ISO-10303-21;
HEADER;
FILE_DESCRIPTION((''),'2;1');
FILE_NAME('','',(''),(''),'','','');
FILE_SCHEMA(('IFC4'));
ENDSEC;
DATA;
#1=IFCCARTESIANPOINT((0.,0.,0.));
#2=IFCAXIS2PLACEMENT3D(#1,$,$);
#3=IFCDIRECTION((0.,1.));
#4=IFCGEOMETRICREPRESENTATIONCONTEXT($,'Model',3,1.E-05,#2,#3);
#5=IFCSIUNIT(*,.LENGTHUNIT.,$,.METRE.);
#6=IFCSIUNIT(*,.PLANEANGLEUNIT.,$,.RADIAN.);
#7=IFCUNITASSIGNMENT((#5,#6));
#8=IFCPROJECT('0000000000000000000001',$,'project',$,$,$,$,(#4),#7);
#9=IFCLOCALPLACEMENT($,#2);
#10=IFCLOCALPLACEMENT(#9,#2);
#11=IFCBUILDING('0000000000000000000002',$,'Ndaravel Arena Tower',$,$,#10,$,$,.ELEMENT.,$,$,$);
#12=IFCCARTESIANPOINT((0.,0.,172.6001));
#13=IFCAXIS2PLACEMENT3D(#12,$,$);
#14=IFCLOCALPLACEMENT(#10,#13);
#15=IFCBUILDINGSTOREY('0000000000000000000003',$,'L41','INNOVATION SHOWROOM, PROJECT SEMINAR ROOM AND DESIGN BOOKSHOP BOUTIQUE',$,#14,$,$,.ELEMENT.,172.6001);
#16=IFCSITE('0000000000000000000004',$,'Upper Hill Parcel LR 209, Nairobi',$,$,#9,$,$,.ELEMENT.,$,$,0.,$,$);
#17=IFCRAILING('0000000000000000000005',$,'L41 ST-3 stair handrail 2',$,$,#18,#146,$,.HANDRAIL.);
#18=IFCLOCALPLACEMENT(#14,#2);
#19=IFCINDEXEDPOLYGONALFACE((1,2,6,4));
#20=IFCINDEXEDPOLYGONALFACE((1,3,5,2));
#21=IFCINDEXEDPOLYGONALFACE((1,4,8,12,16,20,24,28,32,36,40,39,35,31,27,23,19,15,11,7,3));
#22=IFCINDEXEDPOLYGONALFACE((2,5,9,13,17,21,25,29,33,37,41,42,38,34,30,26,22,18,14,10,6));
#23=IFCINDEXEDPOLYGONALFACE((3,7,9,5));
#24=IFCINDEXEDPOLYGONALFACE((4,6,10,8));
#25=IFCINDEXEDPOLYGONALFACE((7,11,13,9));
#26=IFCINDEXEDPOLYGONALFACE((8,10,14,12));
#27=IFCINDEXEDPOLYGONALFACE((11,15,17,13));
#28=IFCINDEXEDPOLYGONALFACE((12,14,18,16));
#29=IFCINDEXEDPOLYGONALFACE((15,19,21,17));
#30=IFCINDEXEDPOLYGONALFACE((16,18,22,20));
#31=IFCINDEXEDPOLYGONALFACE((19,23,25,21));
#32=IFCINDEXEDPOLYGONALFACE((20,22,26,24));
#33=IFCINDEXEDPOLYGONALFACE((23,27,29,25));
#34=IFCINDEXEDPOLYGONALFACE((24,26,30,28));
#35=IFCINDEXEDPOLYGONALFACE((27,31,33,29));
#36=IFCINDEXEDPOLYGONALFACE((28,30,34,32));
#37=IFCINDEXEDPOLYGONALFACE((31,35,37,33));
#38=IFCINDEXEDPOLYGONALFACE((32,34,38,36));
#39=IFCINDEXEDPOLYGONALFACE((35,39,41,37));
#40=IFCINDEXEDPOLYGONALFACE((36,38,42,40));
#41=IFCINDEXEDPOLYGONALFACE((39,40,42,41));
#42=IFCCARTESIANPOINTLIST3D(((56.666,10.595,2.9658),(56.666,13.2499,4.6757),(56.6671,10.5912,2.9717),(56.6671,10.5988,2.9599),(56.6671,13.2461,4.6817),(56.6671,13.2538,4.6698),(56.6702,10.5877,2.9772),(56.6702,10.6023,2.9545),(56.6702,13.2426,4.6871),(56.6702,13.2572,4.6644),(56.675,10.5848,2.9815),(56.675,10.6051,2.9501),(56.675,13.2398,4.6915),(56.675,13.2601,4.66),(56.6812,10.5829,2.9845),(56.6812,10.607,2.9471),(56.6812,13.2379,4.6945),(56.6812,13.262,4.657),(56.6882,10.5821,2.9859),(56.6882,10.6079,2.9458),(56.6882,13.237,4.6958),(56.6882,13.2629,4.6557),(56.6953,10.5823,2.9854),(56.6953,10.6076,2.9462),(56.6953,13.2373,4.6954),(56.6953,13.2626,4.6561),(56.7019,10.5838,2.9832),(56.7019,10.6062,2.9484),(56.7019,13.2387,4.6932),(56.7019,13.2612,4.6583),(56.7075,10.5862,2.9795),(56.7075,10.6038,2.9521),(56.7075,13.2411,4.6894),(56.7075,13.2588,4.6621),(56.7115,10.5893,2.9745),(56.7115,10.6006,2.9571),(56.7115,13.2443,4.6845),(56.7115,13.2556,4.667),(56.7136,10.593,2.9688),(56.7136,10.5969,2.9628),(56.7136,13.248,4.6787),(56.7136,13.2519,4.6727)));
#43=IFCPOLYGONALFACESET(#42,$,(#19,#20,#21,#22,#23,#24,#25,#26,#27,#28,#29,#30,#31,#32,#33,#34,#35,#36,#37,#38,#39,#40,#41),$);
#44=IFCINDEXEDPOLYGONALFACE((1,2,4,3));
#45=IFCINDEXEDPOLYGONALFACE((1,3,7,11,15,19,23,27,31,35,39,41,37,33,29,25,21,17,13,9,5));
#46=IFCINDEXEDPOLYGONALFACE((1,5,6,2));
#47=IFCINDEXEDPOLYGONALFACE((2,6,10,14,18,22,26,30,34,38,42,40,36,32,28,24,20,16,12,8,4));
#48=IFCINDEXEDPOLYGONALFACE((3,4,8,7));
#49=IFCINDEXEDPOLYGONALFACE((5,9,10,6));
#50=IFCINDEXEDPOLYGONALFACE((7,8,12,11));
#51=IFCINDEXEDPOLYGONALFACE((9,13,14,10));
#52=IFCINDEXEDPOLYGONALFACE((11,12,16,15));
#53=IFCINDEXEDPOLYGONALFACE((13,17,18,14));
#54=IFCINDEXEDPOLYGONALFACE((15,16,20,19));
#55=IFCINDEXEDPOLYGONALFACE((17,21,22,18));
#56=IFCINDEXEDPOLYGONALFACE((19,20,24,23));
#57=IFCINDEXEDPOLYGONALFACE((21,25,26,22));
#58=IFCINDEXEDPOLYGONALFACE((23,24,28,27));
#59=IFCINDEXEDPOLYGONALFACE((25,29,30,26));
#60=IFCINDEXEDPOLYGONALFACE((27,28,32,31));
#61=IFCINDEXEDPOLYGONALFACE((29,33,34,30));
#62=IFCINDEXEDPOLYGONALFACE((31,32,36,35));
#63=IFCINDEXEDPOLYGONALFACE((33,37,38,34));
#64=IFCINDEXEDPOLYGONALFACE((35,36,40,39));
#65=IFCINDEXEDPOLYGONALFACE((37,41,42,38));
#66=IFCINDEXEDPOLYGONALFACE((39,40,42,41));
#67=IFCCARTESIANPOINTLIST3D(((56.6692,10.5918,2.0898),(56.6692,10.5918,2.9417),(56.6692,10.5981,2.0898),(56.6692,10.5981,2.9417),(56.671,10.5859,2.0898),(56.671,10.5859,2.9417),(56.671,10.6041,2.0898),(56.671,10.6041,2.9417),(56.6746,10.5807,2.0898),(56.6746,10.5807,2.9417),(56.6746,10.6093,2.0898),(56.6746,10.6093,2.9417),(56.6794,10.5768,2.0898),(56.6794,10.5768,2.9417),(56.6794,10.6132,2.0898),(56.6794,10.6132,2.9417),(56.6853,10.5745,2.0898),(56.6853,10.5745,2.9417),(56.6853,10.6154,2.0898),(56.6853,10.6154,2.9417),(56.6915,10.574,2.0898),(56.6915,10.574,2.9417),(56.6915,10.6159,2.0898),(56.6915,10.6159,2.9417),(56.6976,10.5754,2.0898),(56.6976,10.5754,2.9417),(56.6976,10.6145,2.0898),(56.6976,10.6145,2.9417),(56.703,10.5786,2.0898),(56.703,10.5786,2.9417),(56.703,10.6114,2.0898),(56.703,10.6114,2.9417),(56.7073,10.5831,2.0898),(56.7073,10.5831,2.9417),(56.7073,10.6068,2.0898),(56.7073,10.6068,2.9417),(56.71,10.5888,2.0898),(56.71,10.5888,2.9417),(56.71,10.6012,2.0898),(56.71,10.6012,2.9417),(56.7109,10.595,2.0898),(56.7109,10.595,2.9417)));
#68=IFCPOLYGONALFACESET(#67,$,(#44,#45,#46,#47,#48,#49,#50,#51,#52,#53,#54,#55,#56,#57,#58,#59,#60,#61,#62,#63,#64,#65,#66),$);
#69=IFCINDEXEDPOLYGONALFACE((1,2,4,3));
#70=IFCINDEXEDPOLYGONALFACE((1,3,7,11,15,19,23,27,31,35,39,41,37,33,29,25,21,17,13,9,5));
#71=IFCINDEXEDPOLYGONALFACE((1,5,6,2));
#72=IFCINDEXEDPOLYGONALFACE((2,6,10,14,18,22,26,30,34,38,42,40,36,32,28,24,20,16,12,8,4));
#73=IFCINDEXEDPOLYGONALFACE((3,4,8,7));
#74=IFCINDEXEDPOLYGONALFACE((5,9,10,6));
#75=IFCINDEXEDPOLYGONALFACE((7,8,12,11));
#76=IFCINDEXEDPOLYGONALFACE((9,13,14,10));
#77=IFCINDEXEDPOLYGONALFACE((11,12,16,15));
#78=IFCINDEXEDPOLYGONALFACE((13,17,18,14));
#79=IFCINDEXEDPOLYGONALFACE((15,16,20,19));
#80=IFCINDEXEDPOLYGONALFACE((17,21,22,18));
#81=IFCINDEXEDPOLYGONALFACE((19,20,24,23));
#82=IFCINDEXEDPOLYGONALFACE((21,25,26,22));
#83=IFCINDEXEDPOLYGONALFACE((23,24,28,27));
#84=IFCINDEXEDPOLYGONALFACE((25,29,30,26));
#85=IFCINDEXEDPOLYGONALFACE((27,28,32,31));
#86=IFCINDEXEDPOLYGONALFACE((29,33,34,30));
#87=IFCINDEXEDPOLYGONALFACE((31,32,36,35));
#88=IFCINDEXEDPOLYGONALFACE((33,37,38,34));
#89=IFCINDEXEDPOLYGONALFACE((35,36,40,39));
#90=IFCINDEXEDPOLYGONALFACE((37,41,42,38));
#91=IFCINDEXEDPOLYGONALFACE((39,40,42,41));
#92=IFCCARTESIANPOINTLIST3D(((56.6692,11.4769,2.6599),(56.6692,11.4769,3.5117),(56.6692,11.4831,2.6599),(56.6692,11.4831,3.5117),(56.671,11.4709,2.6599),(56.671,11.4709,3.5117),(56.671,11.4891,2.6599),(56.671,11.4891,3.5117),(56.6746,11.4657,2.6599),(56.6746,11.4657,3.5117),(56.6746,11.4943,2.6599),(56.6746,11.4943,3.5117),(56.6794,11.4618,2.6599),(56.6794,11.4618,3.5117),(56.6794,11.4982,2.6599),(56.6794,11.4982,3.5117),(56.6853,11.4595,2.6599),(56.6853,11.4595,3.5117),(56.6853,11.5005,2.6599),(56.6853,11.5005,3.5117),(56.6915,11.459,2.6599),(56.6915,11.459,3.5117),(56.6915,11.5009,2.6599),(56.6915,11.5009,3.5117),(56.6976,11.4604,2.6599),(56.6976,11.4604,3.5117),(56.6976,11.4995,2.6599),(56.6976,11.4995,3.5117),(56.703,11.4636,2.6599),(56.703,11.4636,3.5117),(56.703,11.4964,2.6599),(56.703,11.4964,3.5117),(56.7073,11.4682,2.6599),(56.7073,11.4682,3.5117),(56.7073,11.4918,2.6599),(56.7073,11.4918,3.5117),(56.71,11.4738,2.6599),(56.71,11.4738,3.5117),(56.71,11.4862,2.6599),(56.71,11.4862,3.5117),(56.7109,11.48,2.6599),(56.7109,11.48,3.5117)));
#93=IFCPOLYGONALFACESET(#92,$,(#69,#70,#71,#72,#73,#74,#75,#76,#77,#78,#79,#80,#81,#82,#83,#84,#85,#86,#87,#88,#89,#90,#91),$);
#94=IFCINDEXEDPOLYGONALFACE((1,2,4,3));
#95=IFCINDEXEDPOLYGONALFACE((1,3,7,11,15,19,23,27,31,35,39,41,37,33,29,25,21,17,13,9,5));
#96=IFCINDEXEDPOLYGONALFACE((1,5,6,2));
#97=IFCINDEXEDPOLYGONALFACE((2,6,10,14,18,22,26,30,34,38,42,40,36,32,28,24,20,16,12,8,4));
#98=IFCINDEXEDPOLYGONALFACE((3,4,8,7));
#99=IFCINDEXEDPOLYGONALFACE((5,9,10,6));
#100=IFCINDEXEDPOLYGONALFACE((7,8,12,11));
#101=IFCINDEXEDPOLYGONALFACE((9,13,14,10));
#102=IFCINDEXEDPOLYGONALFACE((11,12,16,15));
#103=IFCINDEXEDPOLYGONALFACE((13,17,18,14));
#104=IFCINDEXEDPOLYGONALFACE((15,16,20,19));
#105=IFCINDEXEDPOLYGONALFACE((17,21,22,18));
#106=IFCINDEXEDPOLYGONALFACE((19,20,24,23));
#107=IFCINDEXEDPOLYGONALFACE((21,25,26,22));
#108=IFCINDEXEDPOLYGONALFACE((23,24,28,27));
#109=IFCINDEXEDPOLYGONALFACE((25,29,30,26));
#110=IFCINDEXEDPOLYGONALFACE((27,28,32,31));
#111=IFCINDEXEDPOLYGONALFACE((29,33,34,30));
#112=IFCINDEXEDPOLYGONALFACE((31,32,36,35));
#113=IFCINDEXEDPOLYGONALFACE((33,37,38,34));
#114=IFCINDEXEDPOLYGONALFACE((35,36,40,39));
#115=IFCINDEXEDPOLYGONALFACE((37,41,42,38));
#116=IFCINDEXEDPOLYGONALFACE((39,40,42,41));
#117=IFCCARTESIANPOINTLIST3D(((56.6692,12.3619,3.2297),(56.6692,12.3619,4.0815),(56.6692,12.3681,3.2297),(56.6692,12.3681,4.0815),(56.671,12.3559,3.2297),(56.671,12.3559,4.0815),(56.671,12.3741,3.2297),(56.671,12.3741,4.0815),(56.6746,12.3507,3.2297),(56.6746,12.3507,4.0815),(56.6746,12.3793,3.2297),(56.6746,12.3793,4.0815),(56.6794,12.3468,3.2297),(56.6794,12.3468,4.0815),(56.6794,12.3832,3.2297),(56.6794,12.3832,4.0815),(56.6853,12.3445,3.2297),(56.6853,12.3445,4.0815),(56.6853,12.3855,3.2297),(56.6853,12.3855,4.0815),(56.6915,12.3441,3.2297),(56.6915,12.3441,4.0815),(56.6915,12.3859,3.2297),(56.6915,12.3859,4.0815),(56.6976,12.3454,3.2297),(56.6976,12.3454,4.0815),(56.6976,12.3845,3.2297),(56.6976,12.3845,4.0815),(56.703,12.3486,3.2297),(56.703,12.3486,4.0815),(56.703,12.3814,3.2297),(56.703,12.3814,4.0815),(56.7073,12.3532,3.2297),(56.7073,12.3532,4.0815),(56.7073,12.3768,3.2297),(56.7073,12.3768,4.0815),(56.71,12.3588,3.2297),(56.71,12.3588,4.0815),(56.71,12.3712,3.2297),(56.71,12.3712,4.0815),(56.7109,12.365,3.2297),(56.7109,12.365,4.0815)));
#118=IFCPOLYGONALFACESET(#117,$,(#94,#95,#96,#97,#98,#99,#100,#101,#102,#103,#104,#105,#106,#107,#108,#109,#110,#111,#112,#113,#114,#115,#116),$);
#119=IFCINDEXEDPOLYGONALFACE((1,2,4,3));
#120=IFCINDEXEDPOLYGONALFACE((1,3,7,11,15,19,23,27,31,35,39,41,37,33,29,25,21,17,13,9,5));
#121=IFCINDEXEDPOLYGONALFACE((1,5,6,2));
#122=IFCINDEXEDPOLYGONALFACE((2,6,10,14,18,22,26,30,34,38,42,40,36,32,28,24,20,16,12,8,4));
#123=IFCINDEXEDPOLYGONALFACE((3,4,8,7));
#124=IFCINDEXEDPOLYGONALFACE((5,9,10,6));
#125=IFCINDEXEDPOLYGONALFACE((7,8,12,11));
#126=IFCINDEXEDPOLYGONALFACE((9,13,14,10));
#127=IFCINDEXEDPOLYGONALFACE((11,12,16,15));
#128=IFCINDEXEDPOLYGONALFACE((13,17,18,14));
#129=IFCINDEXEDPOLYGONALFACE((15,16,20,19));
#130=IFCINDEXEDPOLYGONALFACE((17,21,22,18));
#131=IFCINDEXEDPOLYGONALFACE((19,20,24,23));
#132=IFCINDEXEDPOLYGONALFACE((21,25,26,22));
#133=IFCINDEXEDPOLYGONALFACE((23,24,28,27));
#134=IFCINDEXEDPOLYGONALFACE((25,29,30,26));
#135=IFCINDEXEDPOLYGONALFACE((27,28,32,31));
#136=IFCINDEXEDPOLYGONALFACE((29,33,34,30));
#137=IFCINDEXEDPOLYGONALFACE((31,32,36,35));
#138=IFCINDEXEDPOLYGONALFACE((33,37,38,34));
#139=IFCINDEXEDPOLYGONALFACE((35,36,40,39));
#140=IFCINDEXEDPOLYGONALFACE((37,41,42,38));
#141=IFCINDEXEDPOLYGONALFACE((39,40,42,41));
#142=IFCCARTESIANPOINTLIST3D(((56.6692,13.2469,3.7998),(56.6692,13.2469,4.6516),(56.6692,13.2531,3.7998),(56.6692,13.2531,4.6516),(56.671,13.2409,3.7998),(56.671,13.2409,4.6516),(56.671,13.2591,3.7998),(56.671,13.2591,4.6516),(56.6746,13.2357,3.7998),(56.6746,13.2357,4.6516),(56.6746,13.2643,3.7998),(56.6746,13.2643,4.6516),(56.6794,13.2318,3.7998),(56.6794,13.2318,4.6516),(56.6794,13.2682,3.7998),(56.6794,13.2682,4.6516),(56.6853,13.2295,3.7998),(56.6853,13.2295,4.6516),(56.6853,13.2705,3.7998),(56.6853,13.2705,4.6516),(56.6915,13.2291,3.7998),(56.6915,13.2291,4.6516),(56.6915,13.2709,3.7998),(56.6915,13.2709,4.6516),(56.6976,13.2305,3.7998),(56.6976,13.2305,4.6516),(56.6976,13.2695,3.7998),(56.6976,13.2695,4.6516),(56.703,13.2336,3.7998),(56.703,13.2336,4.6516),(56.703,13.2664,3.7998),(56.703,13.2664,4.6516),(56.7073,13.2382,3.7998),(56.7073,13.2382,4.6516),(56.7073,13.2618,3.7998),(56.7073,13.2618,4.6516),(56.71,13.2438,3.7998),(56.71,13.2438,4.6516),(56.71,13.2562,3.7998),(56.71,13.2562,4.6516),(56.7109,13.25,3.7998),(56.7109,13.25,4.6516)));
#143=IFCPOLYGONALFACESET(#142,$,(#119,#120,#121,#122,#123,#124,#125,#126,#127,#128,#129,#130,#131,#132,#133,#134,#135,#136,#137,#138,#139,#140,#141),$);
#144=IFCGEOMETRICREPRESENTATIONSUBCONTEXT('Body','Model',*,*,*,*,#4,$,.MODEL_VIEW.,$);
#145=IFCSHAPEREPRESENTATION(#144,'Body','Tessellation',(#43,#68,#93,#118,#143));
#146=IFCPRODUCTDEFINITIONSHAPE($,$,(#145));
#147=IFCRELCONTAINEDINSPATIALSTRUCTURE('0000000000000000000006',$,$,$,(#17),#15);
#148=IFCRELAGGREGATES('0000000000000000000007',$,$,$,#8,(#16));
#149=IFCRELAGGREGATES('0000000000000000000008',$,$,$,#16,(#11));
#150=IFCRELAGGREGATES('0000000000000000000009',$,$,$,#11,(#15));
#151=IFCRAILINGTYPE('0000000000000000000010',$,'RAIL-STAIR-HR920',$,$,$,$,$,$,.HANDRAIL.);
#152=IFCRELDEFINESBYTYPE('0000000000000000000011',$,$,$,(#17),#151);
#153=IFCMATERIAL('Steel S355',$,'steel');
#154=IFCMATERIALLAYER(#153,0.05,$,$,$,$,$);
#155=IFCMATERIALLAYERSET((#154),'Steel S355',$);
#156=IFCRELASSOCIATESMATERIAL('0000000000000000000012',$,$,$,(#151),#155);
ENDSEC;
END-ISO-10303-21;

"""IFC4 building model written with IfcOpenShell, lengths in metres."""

from ifc_helpers import new_model, si_unit, direction, frame, origin, origin_2d, place, context, subcontext, project, spatial, circle, extrude, material, layer, layer_set, type_object, element, save


model = new_model("IFC4")

# Units and contexts
model_context = context("Model", 3, precision=1e-05, world=origin(), true_north=direction((0.0, 1.0)))
body_context = subcontext(model_context, "Body", "Model", "MODEL_VIEW")
ifc_project = project(units=[si_unit("LENGTHUNIT", "METRE"), si_unit("PLANEANGLEUNIT", "RADIAN")], contexts=[model_context])

# Site, building, storey
site_placement = place(None, origin())
site = spatial("IfcSite", under=ifc_project, at=site_placement, Name="Upper Hill Parcel LR 209, Nairobi", CompositionType="ELEMENT", RefElevation=0.0)
building_placement = place(site_placement, origin())
building = spatial("IfcBuilding", under=site, at=building_placement, Name="Ndaravel Arena Tower", CompositionType="ELEMENT")
storey_placement = place(building_placement, frame((0.0, 0.0, 172.6001)))
storey = spatial("IfcBuildingStorey", under=building, at=storey_placement, Name="L41", Description="INNOVATION SHOWROOM, PROJECT SEMINAR ROOM AND DESIGN BOOKSHOP BOUTIQUE", CompositionType="ELEMENT", Elevation=172.6001)

# Railing
ifc_material_1 = material(Name="Steel S355", Category="steel")
ifc_layer_1 = layer(ifc_material_1, 0.05)
ifc_layer_set_1 = layer_set([ifc_layer_1], Name="Steel S355")
railing_type_1 = type_object("IfcRailingType", Name="RAIL-STAIR-HR920", PredefinedType="HANDRAIL", material=ifc_layer_set_1)
railing_1_placement = place(storey_placement, frame((56.6899, 10.595, 2.0898)))
element("IfcRailing", 1, at=railing_1_placement, inside=storey, type_object=railing_type_1, Name="L41 ST-3 stair handrail 2", PredefinedType="HANDRAIL", context=body_context, shape_type="SweptSolid", body=[
    extrude(circle(Radius=0.0239, at=origin_2d()), frame((0.0, 0.0, 0.876), z_axis=(0.0, 0.840724, 0.541465), x_axis=(-1.0, 0.0, 0.0)), (0.0, 0.0, 1.0), 3.158),
    extrude(circle(Radius=0.021, at=origin_2d()), origin(), (0.0, 0.0, 1.0), 0.8518),
    extrude(circle(Radius=0.021, at=origin_2d()), frame((0.0, 0.885, 0.5701)), (0.0, 0.0, 1.0), 0.8518),
    extrude(circle(Radius=0.021, at=origin_2d()), frame((0.0, 1.77, 1.1399)), (0.0, 0.0, 1.0), 0.8518),
    extrude(circle(Radius=0.021, at=origin_2d()), frame((0.0, 2.655, 1.71)), (0.0, 0.0, 1.0), 0.8518),
])

save(model, "model.ifc")
